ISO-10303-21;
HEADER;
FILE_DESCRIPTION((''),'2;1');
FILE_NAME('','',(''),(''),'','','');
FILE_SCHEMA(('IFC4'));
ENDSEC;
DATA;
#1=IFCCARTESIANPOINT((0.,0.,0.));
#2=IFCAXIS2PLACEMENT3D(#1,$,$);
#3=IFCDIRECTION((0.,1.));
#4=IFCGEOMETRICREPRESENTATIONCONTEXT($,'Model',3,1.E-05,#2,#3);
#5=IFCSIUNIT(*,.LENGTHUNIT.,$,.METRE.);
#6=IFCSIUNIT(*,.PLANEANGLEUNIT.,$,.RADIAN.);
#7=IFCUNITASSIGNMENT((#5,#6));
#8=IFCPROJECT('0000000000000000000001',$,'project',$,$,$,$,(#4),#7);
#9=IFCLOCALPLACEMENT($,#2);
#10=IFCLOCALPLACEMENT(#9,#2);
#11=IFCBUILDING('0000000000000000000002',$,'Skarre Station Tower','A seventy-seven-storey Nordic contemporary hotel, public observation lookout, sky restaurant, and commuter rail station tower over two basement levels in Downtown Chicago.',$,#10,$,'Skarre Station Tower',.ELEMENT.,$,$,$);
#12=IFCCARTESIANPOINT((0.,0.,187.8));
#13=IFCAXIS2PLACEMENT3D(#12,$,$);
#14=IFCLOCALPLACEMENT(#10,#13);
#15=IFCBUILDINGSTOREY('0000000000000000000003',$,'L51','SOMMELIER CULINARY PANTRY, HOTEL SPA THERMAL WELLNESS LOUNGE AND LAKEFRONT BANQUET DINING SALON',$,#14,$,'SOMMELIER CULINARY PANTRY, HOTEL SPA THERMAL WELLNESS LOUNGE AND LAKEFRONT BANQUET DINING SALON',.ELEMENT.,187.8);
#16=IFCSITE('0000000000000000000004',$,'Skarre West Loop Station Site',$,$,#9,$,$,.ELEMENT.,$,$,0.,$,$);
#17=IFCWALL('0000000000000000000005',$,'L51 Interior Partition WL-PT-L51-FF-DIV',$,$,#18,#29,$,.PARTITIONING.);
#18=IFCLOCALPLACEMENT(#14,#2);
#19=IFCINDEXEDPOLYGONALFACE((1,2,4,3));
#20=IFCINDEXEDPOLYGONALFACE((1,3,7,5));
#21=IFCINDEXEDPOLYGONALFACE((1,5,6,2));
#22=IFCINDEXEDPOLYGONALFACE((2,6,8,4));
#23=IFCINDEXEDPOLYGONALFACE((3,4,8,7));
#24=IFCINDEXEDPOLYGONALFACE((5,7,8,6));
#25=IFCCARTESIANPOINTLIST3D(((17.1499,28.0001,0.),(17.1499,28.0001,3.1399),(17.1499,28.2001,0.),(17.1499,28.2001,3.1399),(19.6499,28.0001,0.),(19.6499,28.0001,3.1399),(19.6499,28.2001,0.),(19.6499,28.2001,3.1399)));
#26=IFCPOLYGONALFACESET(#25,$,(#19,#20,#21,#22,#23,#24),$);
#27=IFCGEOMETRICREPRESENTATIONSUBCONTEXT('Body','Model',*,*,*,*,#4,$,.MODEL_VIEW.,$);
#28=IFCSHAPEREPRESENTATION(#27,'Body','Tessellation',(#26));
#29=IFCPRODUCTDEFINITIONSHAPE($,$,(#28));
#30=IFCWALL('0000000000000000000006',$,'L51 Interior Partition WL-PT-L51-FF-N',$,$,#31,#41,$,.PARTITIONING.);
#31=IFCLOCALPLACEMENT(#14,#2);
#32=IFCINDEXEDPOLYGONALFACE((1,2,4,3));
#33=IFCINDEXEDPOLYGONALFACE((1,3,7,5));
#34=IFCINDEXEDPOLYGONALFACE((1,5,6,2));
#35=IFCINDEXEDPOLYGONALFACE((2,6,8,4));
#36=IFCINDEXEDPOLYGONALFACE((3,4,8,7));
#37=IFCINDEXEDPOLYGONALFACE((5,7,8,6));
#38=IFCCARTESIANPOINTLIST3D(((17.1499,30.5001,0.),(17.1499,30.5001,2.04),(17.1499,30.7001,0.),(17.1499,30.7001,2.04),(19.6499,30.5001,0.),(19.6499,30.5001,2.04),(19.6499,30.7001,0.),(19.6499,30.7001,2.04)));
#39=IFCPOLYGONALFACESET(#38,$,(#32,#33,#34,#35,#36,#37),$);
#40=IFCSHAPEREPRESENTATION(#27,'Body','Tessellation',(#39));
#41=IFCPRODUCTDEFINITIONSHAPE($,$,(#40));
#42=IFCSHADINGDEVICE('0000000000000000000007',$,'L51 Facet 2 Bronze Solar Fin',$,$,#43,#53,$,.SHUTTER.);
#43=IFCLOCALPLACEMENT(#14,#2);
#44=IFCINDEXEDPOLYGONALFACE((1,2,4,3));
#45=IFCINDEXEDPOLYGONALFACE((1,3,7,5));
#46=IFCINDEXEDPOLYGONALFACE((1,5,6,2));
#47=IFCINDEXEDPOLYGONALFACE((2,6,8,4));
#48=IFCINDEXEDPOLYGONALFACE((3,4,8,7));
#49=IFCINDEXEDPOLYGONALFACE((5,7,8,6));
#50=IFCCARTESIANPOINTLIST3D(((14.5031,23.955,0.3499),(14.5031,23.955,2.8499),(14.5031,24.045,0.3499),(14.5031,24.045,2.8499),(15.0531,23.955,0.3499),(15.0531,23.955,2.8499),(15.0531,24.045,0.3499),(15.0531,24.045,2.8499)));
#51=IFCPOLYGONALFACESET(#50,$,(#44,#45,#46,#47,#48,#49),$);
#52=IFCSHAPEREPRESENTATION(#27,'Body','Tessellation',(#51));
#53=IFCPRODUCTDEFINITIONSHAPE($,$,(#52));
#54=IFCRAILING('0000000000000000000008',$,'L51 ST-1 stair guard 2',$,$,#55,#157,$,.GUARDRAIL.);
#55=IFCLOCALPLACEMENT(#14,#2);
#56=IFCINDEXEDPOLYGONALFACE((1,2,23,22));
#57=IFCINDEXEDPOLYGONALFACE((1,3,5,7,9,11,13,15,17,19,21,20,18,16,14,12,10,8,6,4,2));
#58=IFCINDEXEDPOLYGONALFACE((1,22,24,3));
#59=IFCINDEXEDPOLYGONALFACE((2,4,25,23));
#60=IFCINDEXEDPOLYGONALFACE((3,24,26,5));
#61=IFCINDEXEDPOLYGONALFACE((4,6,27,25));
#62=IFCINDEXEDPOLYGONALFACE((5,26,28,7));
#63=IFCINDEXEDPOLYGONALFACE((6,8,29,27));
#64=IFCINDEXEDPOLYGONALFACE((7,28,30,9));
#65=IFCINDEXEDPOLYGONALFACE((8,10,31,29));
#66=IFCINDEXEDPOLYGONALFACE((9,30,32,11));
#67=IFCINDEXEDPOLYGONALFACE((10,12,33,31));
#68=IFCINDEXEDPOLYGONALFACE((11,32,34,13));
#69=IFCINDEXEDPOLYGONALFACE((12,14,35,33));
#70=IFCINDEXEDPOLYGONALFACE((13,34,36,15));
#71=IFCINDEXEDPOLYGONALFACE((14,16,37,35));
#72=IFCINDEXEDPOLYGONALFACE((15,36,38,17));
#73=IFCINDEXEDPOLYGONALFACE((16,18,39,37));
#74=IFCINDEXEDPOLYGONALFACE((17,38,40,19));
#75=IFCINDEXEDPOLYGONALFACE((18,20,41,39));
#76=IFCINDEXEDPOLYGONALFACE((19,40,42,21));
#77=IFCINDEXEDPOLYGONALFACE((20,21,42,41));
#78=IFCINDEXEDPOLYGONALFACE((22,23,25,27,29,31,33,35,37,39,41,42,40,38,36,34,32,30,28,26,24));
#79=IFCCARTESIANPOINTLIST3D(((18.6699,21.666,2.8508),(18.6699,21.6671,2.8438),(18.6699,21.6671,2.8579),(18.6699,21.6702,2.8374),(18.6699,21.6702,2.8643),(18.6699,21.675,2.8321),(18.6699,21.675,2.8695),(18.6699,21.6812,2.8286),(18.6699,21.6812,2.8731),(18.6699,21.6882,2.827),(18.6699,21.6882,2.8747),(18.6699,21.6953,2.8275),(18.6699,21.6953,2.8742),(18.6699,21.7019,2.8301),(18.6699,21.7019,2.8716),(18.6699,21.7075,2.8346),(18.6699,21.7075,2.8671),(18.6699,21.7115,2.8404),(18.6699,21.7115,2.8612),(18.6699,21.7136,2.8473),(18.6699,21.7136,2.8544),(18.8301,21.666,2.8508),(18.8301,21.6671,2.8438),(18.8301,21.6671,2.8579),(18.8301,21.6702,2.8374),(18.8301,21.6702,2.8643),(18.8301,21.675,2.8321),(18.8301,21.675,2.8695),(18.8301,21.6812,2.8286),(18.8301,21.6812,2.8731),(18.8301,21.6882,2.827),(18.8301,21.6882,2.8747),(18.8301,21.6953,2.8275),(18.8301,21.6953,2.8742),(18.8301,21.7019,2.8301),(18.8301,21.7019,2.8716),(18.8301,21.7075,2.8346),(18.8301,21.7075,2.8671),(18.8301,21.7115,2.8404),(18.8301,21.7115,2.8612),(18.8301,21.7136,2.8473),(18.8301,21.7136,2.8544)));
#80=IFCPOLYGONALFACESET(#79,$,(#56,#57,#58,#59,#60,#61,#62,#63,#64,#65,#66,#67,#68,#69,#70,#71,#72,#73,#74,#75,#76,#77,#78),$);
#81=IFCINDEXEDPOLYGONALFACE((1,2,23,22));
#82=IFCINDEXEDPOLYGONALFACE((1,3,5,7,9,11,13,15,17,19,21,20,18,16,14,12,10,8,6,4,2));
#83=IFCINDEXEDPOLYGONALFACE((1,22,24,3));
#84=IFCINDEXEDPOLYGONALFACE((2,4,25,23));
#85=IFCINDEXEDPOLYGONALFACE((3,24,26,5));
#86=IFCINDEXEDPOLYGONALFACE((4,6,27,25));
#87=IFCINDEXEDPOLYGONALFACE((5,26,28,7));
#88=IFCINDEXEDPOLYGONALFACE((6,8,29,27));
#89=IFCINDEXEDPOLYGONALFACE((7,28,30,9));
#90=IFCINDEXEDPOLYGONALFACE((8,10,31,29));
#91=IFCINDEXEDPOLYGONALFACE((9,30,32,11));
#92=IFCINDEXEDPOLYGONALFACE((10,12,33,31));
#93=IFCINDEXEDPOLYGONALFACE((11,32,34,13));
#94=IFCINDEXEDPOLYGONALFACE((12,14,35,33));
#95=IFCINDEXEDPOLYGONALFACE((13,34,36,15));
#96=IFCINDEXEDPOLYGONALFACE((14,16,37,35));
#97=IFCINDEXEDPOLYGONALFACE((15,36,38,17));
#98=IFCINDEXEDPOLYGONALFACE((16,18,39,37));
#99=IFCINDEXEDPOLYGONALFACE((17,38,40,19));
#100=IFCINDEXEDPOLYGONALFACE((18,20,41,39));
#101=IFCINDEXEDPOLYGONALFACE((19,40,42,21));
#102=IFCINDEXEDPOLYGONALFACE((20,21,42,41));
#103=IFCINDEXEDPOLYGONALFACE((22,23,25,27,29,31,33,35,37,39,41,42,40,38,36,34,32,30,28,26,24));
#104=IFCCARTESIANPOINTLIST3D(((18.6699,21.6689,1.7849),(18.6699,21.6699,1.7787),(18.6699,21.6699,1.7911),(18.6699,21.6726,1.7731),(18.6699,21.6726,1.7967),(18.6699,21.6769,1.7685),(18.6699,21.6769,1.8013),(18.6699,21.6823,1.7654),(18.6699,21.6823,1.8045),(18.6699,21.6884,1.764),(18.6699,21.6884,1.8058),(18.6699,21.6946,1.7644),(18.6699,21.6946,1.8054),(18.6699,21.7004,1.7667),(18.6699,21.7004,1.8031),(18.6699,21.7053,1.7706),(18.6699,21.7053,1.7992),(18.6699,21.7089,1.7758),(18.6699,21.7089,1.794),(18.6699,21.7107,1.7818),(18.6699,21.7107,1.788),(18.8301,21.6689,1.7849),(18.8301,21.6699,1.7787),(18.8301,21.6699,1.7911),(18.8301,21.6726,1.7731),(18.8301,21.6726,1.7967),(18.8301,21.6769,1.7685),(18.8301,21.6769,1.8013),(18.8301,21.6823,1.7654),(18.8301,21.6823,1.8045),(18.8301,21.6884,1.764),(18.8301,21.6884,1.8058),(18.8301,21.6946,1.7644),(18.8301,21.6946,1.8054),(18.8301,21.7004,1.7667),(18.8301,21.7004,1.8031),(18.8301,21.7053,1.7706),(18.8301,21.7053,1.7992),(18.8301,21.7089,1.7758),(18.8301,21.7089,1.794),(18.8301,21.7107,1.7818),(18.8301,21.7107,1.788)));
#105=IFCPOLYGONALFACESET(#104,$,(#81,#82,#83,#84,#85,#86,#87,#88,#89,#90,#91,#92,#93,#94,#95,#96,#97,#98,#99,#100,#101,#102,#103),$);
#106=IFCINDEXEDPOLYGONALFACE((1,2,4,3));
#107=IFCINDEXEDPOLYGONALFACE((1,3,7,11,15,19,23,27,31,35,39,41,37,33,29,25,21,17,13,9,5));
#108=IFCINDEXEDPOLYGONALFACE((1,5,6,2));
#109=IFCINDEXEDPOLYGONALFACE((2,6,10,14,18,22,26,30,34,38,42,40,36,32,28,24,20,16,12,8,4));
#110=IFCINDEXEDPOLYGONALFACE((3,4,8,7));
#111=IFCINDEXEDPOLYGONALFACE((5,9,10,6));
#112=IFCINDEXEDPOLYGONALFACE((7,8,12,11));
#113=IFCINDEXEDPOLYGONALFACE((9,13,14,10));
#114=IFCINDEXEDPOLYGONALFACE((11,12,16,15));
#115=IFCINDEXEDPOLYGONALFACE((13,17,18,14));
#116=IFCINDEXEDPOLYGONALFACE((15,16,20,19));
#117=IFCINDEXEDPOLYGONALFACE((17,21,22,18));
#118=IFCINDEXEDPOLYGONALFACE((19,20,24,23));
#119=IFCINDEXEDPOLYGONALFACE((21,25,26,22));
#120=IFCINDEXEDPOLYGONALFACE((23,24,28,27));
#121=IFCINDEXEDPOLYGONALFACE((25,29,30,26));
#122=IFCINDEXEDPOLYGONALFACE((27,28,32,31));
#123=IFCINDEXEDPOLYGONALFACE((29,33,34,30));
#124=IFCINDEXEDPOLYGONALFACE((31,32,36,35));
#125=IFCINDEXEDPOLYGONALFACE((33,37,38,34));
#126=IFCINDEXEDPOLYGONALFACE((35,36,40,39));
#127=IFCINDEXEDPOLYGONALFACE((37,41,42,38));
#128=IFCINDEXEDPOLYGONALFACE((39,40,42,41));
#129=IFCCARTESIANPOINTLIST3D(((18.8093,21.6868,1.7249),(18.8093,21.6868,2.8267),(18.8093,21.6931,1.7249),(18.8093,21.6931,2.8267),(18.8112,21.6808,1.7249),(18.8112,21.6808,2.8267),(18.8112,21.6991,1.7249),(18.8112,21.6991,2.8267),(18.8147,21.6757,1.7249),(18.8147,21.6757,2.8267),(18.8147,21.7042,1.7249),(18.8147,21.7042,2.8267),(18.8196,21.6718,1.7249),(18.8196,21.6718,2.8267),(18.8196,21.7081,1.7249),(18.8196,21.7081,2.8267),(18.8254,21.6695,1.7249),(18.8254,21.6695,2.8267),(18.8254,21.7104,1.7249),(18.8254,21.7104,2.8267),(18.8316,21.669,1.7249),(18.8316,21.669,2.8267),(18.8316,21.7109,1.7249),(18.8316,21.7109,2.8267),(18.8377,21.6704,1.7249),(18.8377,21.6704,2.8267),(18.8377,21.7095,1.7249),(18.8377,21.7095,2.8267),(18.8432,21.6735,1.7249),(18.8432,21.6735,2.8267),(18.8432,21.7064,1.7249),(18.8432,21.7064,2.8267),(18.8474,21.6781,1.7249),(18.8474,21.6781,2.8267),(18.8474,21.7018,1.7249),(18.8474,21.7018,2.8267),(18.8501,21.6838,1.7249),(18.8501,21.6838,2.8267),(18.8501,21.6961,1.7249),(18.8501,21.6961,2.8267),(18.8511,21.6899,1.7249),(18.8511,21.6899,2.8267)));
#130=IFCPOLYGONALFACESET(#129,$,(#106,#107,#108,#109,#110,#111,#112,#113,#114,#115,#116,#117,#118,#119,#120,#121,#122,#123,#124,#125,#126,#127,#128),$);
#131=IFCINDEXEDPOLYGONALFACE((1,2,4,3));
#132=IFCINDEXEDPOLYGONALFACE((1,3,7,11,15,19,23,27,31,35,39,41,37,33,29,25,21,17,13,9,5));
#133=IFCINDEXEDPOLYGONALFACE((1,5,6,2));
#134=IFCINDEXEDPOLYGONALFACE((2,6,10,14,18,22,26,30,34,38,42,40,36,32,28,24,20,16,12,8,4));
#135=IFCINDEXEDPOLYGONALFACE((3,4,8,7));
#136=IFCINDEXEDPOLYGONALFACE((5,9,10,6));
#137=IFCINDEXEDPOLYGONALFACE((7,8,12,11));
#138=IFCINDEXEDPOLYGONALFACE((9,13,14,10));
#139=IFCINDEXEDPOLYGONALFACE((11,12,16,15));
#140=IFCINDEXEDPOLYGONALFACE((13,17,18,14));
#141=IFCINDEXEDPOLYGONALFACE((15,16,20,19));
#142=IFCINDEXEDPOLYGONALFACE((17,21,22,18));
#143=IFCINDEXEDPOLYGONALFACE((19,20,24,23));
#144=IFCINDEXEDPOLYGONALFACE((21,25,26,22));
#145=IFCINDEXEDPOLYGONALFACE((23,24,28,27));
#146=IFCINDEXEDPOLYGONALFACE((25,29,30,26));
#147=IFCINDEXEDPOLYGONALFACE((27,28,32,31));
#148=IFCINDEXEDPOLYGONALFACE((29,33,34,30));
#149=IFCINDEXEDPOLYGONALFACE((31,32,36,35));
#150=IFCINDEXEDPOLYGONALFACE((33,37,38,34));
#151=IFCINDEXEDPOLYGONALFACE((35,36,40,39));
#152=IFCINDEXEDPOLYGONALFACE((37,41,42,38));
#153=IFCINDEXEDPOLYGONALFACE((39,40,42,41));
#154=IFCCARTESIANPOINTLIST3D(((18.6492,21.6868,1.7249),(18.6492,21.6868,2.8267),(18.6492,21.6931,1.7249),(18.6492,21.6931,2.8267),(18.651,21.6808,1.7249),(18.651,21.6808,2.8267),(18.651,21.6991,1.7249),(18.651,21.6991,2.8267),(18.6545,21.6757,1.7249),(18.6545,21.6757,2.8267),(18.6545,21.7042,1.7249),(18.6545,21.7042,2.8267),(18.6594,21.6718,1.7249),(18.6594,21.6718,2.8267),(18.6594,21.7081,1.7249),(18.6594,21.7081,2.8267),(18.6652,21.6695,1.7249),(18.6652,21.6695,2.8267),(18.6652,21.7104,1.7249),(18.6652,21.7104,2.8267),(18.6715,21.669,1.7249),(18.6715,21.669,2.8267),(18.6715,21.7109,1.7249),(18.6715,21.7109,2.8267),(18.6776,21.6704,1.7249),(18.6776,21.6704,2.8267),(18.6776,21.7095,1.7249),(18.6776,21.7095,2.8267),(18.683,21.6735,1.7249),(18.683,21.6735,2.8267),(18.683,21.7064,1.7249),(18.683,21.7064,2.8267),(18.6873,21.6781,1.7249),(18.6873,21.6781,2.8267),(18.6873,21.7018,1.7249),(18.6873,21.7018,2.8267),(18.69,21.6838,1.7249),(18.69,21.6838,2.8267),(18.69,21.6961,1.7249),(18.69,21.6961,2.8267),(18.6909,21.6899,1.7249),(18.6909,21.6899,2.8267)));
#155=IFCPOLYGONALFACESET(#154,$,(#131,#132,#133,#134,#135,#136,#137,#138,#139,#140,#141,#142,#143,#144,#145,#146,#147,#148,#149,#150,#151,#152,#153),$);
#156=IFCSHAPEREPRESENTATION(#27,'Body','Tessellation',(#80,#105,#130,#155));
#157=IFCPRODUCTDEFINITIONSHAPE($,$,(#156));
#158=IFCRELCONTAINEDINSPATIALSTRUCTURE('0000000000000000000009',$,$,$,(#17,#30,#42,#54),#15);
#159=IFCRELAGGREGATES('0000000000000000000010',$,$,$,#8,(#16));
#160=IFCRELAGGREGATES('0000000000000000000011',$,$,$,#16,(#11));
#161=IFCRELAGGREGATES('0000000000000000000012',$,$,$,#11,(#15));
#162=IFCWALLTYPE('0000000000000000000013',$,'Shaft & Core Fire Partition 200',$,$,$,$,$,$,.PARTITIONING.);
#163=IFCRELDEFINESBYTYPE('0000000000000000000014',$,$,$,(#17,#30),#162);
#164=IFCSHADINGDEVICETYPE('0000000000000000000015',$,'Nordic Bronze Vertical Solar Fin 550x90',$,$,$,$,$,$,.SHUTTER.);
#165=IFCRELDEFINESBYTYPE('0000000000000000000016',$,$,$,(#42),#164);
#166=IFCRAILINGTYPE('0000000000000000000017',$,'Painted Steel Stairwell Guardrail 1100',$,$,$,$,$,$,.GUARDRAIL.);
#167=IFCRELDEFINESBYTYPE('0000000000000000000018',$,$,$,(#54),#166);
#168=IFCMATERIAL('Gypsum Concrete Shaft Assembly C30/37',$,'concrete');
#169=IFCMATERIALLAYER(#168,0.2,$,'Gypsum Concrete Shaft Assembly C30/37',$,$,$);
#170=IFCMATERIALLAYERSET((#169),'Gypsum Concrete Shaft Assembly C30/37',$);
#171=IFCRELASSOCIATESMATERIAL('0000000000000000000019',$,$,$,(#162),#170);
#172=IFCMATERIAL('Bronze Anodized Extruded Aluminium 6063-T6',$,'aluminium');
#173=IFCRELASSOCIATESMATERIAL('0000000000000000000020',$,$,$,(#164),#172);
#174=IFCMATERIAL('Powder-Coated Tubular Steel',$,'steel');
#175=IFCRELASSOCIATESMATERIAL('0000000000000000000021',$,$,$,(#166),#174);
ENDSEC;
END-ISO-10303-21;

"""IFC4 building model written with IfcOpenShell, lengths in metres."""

from ifc_helpers import new_model, si_unit, direction, frame, frame_2d, origin, origin_2d, place, context, subcontext, project, spatial, rectangle, circle, extrude, material, layer, layer_set, type_object, element, save


model = new_model("IFC4")

# Units and contexts
model_context = context("Model", 3, precision=1e-05, world=origin(), true_north=direction((0.0, 1.0)))
body_context = subcontext(model_context, "Body", "Model", "MODEL_VIEW")
ifc_project = project(units=[si_unit("LENGTHUNIT", "METRE"), si_unit("PLANEANGLEUNIT", "RADIAN")], contexts=[model_context])

# Site, building, storey
site_placement = place(None, origin())
site = spatial("IfcSite", under=ifc_project, at=site_placement, Name="Skarre West Loop Station Site", CompositionType="ELEMENT", RefElevation=0.0)
building_placement = place(site_placement, origin())
building = spatial("IfcBuilding", under=site, at=building_placement, Name="Skarre Station Tower", Description="A seventy-seven-storey Nordic contemporary hotel, public observation lookout, sky restaurant, and commuter rail station tower over two basement levels in Downtown Chicago.", LongName="Skarre Station Tower", CompositionType="ELEMENT")
storey_placement = place(building_placement, frame((0.0, 0.0, 187.8)))
storey = spatial("IfcBuildingStorey", under=building, at=storey_placement, Name="L51", Description="SOMMELIER CULINARY PANTRY, HOTEL SPA THERMAL WELLNESS LOUNGE AND LAKEFRONT BANQUET DINING SALON", LongName="SOMMELIER CULINARY PANTRY, HOTEL SPA THERMAL WELLNESS LOUNGE AND LAKEFRONT BANQUET DINING SALON", CompositionType="ELEMENT", Elevation=187.8)

# Shared definitions
ifc_material_1 = material(Name="Gypsum Concrete Shaft Assembly C30/37", Category="concrete")
ifc_layer_1 = layer(ifc_material_1, 0.2, Name="Gypsum Concrete Shaft Assembly C30/37")
ifc_layer_set_1 = layer_set([ifc_layer_1], Name="Gypsum Concrete Shaft Assembly C30/37")
wall_type_1 = type_object("IfcWallType", Name="Shaft & Core Fire Partition 200", PredefinedType="PARTITIONING", material=ifc_layer_set_1)

# Walls
wall_1_placement = place(storey_placement, frame((17.1499, 28.1001, 0.0), z_axis=(0.0, 0.0, 1.0), x_axis=(1.0, 0.0, 0.0)))
element("IfcWall", 1, at=wall_1_placement, inside=storey, type_object=wall_type_1, Name="L51 Interior Partition WL-PT-L51-FF-DIV", PredefinedType="PARTITIONING", context=body_context, shape_type="SweptSolid", body=[
    extrude(rectangle(XDim=2.5, YDim=0.2, at=frame_2d((1.25, 0.0))), origin(), (0.0, 0.0, 1.0), 3.1399),
])
wall_2_placement = place(storey_placement, frame((19.6499, 30.6001, 0.0), z_axis=(0.0, 0.0, 1.0), x_axis=(-1.0, 0.0, 0.0)))
element("IfcWall", 2, at=wall_2_placement, inside=storey, type_object=wall_type_1, Name="L51 Interior Partition WL-PT-L51-FF-N", PredefinedType="PARTITIONING", context=body_context, shape_type="SweptSolid", body=[
    extrude(rectangle(XDim=2.5, YDim=0.2, at=frame_2d((1.25, 0.0))), origin(), (0.0, 0.0, 1.0), 2.04),
])

# Shading device
ifc_material_2 = material(Name="Bronze Anodized Extruded Aluminium 6063-T6", Category="aluminium")
shading_device_type = type_object("IfcShadingDeviceType", Name="Nordic Bronze Vertical Solar Fin 550x90", PredefinedType="SHUTTER", material=ifc_material_2)
shading_device_placement = place(storey_placement, frame((14.7781, 24.0, 0.3499), z_axis=(0.0, 0.0, 1.0), x_axis=(-1.0, 0.0, 0.0)))
element("IfcShadingDevice", 3, at=shading_device_placement, inside=storey, type_object=shading_device_type, Name="L51 Facet 2 Bronze Solar Fin", PredefinedType="SHUTTER", context=body_context, shape_type="SweptSolid", body=[
    extrude(rectangle(XDim=0.55, YDim=0.0901, at=origin_2d()), origin(), (0.0, 0.0, 1.0), 2.5),
])

# Railing
ifc_material_3 = material(Name="Powder-Coated Tubular Steel", Category="steel")
railing_type = type_object("IfcRailingType", Name="Painted Steel Stairwell Guardrail 1100", PredefinedType="GUARDRAIL", material=ifc_material_3)
railing_placement = place(storey_placement, frame((18.8301, 21.6899, 1.7249)))
element("IfcRailing", 4, at=railing_placement, inside=storey, type_object=railing_type, Name="L51 ST-1 stair guard 2", PredefinedType="GUARDRAIL", context=body_context, shape_type="SweptSolid", body=[
    extrude(circle(Radius=0.0239, at=origin_2d()), frame((0.0, 0.0, 1.126), z_axis=(-1.0, 0.0, 0.0), x_axis=(0.0, -1.0, 0.0)), (0.0, 0.0, 1.0), 0.1602),
    extrude(circle(Radius=0.021, at=origin_2d()), frame((0.0, 0.0, 0.0601), z_axis=(-1.0, 0.0, 0.0), x_axis=(0.0, -1.0, 0.0)), (0.0, 0.0, 1.0), 0.1602),
    extrude(circle(Radius=0.021, at=origin_2d()), origin(), (0.0, 0.0, 1.0), 1.1018),
    extrude(circle(Radius=0.021, at=origin_2d()), frame((-0.1602, 0.0, 0.0)), (0.0, 0.0, 1.0), 1.1018),
])

save(model, "model.ifc")
